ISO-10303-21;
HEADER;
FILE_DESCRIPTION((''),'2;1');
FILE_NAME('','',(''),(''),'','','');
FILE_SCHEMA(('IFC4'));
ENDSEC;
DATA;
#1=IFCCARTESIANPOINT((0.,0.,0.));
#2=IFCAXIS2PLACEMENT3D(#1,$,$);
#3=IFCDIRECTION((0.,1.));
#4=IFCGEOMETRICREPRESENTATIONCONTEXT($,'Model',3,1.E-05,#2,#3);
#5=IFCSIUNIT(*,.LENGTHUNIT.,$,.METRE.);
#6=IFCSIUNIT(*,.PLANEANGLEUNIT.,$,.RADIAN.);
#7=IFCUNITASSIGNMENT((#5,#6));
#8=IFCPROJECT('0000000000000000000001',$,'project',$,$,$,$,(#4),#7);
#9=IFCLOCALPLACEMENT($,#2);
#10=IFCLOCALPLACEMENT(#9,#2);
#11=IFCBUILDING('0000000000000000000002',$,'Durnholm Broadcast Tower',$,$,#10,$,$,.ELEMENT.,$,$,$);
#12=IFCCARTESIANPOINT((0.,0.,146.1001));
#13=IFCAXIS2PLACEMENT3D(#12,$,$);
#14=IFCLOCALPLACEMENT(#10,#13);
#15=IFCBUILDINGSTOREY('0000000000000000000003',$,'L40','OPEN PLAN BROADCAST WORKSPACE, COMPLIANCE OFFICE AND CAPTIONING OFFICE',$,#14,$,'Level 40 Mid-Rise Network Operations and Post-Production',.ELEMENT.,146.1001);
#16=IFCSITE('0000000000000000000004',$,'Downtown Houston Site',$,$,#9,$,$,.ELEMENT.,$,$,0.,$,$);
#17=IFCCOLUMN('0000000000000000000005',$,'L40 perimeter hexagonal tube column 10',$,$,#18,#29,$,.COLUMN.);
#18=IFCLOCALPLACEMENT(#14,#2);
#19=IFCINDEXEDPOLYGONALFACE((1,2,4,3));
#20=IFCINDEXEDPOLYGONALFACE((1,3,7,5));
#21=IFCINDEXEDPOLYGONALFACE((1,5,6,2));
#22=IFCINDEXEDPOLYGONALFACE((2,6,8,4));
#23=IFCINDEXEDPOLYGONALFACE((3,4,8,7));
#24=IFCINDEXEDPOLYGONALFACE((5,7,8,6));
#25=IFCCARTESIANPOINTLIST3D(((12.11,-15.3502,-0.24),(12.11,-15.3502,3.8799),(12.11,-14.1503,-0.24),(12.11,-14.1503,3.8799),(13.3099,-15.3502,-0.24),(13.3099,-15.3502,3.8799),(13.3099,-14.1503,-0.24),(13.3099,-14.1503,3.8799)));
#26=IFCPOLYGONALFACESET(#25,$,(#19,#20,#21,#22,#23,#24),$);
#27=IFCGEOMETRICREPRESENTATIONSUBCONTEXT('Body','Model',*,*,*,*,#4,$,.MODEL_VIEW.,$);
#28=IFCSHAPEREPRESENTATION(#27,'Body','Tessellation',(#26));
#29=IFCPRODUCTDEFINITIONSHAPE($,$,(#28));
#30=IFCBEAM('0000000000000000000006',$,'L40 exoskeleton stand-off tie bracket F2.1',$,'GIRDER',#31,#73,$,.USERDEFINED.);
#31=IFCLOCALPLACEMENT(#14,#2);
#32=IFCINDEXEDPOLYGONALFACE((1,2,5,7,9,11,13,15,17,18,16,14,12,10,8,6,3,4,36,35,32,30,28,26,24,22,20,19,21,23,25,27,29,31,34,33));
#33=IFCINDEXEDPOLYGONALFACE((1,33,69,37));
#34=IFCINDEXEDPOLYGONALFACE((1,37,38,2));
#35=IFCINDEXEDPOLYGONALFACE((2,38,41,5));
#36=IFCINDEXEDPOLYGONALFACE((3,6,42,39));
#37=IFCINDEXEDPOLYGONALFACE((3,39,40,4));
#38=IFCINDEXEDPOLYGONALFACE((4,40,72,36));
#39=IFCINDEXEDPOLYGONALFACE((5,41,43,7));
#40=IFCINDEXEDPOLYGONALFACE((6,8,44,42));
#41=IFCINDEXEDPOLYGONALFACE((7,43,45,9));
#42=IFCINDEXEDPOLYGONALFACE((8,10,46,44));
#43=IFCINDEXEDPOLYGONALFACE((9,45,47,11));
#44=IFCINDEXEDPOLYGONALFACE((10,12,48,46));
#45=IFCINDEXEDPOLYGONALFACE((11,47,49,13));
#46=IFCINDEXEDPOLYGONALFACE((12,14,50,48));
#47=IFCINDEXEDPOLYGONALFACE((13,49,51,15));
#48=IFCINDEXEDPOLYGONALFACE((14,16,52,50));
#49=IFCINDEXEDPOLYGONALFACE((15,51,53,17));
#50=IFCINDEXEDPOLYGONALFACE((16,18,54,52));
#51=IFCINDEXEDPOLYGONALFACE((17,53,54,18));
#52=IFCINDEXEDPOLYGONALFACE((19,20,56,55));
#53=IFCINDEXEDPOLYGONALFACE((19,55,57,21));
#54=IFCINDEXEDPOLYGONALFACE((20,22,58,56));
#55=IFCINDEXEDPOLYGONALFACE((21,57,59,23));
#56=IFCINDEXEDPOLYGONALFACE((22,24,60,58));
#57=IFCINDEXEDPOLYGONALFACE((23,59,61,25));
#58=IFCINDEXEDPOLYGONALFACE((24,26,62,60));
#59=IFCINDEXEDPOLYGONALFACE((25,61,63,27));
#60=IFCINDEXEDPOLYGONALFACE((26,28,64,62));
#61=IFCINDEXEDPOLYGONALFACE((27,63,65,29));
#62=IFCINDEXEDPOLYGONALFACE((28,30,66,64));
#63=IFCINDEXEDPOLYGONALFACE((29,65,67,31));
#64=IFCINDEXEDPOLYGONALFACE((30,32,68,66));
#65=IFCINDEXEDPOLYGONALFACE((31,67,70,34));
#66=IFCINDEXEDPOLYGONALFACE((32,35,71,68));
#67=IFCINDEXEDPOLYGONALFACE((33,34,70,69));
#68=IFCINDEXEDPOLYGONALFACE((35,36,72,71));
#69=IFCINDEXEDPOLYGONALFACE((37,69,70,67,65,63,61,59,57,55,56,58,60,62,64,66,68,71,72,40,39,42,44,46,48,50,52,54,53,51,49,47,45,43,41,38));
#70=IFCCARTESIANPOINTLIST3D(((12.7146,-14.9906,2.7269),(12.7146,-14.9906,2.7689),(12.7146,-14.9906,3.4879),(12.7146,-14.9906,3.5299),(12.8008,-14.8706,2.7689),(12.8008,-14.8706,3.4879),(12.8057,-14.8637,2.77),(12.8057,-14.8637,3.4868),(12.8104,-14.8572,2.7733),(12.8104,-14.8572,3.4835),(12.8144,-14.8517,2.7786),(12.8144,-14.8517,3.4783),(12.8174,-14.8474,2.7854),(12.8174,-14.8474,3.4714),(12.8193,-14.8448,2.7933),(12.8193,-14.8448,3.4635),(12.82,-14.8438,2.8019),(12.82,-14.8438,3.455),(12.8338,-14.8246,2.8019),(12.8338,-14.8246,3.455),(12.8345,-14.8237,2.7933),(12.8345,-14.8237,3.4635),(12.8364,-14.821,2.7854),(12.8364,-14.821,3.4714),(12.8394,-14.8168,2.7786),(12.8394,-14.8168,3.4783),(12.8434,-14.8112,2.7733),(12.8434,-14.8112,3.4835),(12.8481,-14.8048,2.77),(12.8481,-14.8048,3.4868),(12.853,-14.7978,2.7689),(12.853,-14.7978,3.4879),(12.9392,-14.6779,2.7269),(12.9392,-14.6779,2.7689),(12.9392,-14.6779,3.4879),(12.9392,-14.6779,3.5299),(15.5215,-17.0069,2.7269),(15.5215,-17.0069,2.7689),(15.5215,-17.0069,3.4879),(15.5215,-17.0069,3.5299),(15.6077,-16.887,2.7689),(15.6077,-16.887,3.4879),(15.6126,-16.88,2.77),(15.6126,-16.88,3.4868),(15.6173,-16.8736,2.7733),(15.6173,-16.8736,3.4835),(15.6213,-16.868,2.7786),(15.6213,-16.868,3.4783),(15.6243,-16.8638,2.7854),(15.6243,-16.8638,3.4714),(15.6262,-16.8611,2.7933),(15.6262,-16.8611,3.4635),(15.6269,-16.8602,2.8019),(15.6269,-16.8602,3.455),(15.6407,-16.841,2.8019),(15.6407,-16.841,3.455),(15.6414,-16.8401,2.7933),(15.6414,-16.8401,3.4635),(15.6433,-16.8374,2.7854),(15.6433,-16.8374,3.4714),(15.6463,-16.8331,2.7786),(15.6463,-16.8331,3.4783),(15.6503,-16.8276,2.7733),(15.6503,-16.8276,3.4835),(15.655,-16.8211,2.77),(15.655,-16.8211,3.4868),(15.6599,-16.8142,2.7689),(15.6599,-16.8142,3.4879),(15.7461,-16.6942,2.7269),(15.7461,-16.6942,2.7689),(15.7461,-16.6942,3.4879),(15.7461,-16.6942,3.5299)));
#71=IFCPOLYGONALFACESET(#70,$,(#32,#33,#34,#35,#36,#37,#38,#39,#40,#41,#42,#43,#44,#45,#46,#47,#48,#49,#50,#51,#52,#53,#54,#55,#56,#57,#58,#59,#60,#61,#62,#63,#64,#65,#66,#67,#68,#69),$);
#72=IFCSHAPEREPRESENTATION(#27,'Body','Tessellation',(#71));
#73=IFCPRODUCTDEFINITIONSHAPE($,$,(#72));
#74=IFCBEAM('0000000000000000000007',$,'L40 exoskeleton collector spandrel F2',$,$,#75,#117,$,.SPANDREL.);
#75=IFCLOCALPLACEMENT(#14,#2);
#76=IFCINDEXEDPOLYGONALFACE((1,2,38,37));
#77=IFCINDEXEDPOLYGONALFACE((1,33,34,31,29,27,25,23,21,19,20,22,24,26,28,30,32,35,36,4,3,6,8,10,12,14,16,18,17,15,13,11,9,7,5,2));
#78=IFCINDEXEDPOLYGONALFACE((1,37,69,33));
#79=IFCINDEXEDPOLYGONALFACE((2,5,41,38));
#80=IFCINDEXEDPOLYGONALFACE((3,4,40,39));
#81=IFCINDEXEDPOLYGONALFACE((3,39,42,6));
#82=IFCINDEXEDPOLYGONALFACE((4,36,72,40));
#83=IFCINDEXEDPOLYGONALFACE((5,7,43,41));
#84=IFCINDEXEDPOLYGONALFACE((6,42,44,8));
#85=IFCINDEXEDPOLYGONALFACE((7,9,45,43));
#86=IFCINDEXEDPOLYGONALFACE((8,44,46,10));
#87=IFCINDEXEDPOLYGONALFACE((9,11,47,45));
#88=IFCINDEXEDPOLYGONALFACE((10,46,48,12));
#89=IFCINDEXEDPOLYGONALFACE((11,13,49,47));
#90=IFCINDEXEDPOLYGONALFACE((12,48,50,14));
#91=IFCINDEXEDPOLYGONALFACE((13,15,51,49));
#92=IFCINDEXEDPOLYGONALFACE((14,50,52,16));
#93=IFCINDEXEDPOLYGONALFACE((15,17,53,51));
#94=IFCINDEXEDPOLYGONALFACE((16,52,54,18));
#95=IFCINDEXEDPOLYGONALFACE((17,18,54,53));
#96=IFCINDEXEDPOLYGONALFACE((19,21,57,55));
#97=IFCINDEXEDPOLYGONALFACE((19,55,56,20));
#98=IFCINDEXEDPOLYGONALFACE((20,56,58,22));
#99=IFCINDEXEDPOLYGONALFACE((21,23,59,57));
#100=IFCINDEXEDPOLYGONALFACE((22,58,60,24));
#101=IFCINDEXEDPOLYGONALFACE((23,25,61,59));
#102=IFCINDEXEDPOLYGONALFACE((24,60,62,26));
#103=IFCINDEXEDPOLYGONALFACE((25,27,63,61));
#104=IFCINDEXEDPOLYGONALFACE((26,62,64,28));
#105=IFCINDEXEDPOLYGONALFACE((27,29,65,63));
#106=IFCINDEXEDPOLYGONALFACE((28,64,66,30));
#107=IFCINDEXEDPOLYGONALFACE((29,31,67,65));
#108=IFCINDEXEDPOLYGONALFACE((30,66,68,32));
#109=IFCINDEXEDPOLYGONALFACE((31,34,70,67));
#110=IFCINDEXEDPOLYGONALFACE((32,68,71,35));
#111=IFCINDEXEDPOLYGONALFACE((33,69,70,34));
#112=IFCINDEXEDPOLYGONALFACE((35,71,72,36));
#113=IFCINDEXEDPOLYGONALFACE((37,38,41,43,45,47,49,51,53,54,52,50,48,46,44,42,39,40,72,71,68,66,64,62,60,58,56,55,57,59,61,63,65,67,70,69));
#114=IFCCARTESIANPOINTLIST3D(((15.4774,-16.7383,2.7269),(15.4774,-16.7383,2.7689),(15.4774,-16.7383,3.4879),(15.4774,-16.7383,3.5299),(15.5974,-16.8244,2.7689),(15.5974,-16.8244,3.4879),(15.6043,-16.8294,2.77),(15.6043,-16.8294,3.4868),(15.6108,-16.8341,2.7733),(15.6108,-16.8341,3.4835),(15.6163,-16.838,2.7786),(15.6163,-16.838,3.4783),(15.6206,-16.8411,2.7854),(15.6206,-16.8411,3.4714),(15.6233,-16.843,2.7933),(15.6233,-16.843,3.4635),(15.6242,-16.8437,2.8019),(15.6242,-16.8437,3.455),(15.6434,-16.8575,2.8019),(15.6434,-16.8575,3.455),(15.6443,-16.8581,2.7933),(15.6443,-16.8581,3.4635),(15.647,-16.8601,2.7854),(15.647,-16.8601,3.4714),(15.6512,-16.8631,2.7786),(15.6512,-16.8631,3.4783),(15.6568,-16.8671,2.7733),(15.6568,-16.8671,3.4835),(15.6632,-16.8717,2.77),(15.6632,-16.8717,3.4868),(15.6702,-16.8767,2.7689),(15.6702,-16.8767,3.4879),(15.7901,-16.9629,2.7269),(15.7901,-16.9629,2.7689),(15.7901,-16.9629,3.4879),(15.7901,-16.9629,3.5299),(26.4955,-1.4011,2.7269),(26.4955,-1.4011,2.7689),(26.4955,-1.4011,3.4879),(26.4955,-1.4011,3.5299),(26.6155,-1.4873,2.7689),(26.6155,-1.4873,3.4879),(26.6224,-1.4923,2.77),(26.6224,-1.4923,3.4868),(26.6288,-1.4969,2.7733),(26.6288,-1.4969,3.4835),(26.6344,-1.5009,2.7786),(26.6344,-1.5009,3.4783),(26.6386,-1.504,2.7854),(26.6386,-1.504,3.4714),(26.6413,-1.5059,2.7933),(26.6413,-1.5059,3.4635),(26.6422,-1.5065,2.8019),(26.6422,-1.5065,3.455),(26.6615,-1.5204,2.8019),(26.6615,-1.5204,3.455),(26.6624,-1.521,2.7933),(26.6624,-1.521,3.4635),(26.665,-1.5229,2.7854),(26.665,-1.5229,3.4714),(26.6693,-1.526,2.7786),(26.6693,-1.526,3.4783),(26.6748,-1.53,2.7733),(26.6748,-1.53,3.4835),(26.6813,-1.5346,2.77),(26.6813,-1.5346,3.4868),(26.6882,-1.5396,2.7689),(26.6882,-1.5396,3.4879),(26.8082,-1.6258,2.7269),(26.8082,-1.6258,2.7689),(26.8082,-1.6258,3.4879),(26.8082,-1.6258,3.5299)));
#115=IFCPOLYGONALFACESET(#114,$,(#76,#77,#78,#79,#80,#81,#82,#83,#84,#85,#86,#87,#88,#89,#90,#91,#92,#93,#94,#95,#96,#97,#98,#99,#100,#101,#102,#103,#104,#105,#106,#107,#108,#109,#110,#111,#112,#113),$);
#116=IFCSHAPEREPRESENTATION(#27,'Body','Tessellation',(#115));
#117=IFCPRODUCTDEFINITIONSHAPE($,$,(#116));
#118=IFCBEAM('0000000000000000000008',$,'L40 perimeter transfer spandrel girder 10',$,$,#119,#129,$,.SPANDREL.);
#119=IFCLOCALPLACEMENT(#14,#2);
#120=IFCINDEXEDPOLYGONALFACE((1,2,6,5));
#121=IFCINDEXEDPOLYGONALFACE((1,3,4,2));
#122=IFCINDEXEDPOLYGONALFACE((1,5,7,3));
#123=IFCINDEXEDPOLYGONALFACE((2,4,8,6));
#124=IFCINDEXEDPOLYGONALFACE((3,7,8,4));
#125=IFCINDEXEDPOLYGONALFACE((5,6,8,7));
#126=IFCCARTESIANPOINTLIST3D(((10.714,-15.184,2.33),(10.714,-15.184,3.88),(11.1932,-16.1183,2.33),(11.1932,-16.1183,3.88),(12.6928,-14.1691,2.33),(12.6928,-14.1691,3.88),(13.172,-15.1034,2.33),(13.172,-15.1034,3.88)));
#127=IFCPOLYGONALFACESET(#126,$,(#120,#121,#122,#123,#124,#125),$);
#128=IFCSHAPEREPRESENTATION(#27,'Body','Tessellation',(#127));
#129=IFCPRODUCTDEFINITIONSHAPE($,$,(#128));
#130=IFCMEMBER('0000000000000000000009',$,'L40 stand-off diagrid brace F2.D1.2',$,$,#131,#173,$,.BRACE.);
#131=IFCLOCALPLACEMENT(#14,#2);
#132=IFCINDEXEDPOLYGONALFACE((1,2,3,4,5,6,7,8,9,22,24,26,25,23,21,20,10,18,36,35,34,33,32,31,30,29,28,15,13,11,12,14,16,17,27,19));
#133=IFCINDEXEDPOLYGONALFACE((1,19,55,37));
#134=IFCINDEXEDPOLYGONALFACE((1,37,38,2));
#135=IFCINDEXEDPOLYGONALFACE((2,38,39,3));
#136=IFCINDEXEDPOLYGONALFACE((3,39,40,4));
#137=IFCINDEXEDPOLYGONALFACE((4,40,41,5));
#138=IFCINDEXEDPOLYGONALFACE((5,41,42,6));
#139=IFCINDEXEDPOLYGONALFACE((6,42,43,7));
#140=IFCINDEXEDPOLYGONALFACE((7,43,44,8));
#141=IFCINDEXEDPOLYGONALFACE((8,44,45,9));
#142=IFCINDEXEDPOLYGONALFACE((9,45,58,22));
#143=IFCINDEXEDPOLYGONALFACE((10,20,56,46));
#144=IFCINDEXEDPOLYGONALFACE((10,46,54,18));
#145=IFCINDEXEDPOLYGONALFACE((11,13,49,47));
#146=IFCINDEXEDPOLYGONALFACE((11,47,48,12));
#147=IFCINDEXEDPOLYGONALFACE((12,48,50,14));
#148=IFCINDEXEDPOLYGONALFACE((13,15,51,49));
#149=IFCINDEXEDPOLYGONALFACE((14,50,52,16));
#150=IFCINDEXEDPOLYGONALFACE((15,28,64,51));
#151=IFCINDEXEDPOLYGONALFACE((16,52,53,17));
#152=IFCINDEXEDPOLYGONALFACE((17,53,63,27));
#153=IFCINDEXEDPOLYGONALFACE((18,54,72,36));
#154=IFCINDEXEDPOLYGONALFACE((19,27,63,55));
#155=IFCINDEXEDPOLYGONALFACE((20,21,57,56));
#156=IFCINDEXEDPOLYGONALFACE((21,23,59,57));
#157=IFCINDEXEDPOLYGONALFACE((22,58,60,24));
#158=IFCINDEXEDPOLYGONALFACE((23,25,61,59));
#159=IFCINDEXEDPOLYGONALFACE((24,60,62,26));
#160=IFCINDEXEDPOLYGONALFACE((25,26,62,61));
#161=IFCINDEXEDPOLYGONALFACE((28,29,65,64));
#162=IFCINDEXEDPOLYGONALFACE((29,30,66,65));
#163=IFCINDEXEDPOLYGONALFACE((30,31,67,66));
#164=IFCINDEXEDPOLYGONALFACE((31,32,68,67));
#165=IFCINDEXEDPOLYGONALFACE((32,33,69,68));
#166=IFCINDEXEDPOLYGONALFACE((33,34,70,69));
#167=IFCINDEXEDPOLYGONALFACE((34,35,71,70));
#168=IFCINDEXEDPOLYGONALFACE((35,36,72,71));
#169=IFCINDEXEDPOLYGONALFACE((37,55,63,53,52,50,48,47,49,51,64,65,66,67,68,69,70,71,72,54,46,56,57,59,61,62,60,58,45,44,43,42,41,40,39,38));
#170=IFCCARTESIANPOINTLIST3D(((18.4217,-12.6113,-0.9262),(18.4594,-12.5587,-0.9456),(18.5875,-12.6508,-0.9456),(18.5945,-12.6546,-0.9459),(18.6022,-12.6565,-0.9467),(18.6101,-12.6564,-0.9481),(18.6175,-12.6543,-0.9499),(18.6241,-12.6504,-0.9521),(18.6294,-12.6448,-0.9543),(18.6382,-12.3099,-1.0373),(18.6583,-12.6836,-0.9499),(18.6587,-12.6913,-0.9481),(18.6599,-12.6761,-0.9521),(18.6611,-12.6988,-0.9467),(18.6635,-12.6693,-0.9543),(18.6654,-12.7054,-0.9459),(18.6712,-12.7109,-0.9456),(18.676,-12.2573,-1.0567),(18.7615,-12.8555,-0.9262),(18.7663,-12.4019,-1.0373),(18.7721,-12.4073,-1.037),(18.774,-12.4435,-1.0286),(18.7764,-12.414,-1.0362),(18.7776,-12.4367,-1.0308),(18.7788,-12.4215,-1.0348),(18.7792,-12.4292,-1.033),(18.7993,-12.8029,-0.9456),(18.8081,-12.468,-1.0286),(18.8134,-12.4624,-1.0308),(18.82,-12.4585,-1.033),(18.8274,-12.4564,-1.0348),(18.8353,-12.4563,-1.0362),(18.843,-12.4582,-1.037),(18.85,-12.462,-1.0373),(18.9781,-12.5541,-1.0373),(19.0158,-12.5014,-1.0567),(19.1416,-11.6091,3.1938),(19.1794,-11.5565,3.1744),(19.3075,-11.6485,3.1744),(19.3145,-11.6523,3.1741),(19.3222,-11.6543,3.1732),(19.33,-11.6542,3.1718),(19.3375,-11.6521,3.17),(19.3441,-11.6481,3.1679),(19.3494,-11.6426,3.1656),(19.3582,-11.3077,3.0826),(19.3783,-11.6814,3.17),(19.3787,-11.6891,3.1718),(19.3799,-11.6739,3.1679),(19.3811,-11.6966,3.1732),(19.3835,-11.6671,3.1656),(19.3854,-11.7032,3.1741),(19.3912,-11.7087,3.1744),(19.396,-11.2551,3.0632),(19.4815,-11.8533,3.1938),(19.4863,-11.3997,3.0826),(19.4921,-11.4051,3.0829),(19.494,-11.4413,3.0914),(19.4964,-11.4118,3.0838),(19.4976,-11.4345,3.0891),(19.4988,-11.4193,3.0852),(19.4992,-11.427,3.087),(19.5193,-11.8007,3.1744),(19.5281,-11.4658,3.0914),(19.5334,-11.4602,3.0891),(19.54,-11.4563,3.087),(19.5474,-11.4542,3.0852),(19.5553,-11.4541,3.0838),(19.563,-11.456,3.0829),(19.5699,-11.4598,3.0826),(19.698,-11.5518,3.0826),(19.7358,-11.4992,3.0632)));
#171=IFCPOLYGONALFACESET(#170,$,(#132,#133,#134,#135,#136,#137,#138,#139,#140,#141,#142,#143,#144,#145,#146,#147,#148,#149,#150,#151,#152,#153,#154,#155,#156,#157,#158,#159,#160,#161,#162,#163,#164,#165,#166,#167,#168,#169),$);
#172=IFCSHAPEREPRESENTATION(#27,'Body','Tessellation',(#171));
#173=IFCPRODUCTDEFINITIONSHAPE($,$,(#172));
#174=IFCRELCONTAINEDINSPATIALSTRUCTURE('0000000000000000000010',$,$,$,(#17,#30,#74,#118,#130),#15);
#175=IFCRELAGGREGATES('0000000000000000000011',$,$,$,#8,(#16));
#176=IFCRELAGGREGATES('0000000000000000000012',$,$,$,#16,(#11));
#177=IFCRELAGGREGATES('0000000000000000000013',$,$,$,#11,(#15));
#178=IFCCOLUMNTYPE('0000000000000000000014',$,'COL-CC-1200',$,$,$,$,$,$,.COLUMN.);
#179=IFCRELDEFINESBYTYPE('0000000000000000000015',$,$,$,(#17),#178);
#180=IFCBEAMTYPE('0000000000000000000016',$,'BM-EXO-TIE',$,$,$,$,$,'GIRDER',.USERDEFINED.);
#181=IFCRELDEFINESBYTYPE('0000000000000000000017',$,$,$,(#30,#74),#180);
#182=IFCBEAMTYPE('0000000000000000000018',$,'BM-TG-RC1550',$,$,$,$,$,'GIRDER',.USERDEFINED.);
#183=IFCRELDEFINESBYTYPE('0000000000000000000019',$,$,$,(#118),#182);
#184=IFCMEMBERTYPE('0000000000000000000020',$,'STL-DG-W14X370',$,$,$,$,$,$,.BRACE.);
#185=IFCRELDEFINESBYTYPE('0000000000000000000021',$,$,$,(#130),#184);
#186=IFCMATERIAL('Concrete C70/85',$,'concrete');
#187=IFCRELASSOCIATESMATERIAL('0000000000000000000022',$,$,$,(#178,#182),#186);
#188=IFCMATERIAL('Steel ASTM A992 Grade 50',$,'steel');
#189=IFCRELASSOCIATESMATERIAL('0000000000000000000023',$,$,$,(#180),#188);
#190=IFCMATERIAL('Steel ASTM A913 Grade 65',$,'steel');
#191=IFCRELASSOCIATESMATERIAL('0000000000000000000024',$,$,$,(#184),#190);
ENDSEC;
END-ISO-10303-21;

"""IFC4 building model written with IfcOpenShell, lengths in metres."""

from ifc_helpers import new_model, si_unit, direction, frame, origin, origin_2d, place, context, subcontext, project, spatial, rectangle, i_section, extrude, source, transform, mapped, material, material_profile, profile_set, type_object, type_shapes, element, save


model = new_model("IFC4")

# Units and contexts
model_context = context("Model", 3, precision=1e-05, world=origin(), true_north=direction((0.0, 1.0)))
body_context = subcontext(model_context, "Body", "Model", "MODEL_VIEW")
ifc_project = project(units=[si_unit("LENGTHUNIT", "METRE"), si_unit("PLANEANGLEUNIT", "RADIAN")], contexts=[model_context])

# Site, building, storey
site_placement = place(None, origin())
site = spatial("IfcSite", under=ifc_project, at=site_placement, Name="Downtown Houston Site", CompositionType="ELEMENT", RefElevation=0.0)
building_placement = place(site_placement, origin())
building = spatial("IfcBuilding", under=site, at=building_placement, Name="Durnholm Broadcast Tower", CompositionType="ELEMENT")
storey_placement = place(building_placement, frame((0.0, 0.0, 146.1001)))
storey = spatial("IfcBuildingStorey", under=building, at=storey_placement, Name="L40", Description="OPEN PLAN BROADCAST WORKSPACE, COMPLIANCE OFFICE AND CAPTIONING OFFICE", LongName="Level 40 Mid-Rise Network Operations and Post-Production", CompositionType="ELEMENT", Elevation=146.1001)

# Column
ifc_material_1 = material(Name="Concrete C70/85", Category="concrete")
ifc_material_profile_1 = material_profile(ifc_material_1, rectangle(XDim=1.2, YDim=1.2, at=origin_2d()), Name="RC1200X1200")
ifc_profile_set_1 = profile_set([ifc_material_profile_1], Name="Concrete C70/85")
column_type = type_object("IfcColumnType", Name="COL-CC-1200", PredefinedType="COLUMN", material=ifc_profile_set_1)
shared_shape_1 = source(origin(), body_context, "Body", "SweptSolid", [
    extrude(rectangle(XDim=1.2, YDim=1.2, at=origin_2d()), origin(), (0.0, 0.0, 1.0), 4.1199),
])
type_shapes(column_type, [shared_shape_1])
column_placement = place(storey_placement, frame((12.71, -14.7502, -0.24), z_axis=(0.0, 0.0, 1.0), x_axis=(1.0, 0.0, 0.0)))
element("IfcColumn", 1, at=column_placement, inside=storey, type_object=column_type, Name="L40 perimeter hexagonal tube column 10", PredefinedType="COLUMN", context=body_context, shape_type="MappedRepresentation", body=[
    mapped(shared_shape_1, transform((0.0, 0.0, 0.0), x_axis=(1.0, 0.0, 0.0), y_axis=(0.0, 1.0, 0.0), z_axis=(0.0, 0.0, 1.0), scale=1.0)),
])

# Beams
ifc_material_2 = material(Name="Steel ASTM A992 Grade 50", Category="steel")
ifc_material_profile_2 = material_profile(ifc_material_2, i_section(OverallWidth=0.385, OverallDepth=0.803, WebThickness=0.0237, FlangeThickness=0.042, FilletRadius=0.033, at=origin_2d()), Name="W30X261")
ifc_profile_set_2 = profile_set([ifc_material_profile_2], Name="Steel ASTM A992 Grade 50")
beam_type_1 = type_object("IfcBeamType", Name="BM-EXO-TIE", ElementType="GIRDER", PredefinedType="USERDEFINED", material=ifc_profile_set_2)
shared_shape_2 = source(origin(), body_context, "Body", "SweptSolid", [
    extrude(i_section(OverallWidth=0.385, OverallDepth=0.803, WebThickness=0.0237, FlangeThickness=0.042, FilletRadius=0.033, at=origin_2d()), origin(), (0.0, 0.0, 1.0), 3.4561),
])
beam_1_placement = place(storey_placement, frame((12.8269, -14.8342, 3.1284), z_axis=(0.812165, -0.583428, 0.0), x_axis=(0.583428, 0.812165, 0.0)))
element("IfcBeam", 2, at=beam_1_placement, inside=storey, type_object=beam_type_1, Name="L40 exoskeleton stand-off tie bracket F2.1", ObjectType="GIRDER", PredefinedType="USERDEFINED", context=body_context, shape_type="MappedRepresentation", body=[
    mapped(shared_shape_2, transform((0.0, 0.0, 0.0), x_axis=(1.0, 0.0, 0.0), y_axis=(0.0, 1.0, 0.0), z_axis=(0.0, 0.0, 1.0), scale=1.0)),
])
shared_shape_3 = source(origin(), body_context, "Body", "SweptSolid", [
    extrude(i_section(OverallWidth=0.385, OverallDepth=0.803, WebThickness=0.0237, FlangeThickness=0.042, FilletRadius=0.033, at=origin_2d()), origin(), (0.0, 0.0, 1.0), 18.8845),
])
type_shapes(beam_type_1, [shared_shape_2, shared_shape_3])
beam_2_placement = place(storey_placement, frame((15.6338, -16.8506, 3.1284), z_axis=(0.583443, 0.812154, 0.0), x_axis=(-0.812154, 0.583443, 0.0)))
element("IfcBeam", 3, at=beam_2_placement, inside=storey, type_object=beam_type_1, Name="L40 exoskeleton collector spandrel F2", PredefinedType="SPANDREL", context=body_context, shape_type="MappedRepresentation", body=[
    mapped(shared_shape_3, transform((0.0, 0.0, 0.0), x_axis=(1.0, 0.0, 0.0), y_axis=(0.0, 1.0, 0.0), z_axis=(0.0, 0.0, 1.0), scale=1.0)),
])
ifc_material_profile_3 = material_profile(ifc_material_1, rectangle(XDim=1.05, YDim=1.55, at=origin_2d()), Name="RC1050X1550")
ifc_profile_set_3 = profile_set([ifc_material_profile_3], Name="Concrete C70/85")
beam_type_2 = type_object("IfcBeamType", Name="BM-TG-RC1550", ElementType="GIRDER", PredefinedType="USERDEFINED", material=ifc_profile_set_3)
shared_shape_4 = source(origin(), body_context, "Body", "SweptSolid", [
    extrude(rectangle(XDim=1.05, YDim=1.55, at=origin_2d()), origin(), (0.0, 0.0, 1.0), 2.2239),
])
type_shapes(beam_type_2, [shared_shape_4])
beam_3_placement = place(storey_placement, frame((12.9324, -14.6362, 3.105), z_axis=(-0.889791, -0.456368, 0.0), x_axis=(0.456368, -0.889791, 0.0)))
element("IfcBeam", 4, at=beam_3_placement, inside=storey, type_object=beam_type_2, Name="L40 perimeter transfer spandrel girder 10", PredefinedType="SPANDREL", context=body_context, shape_type="MappedRepresentation", body=[
    mapped(shared_shape_4, transform((0.0, 0.0, 0.0), x_axis=(1.0, 0.0, 0.0), y_axis=(0.0, 1.0, 0.0), z_axis=(0.0, 0.0, 1.0), scale=1.0)),
])

# Member
ifc_material_3 = material(Name="Steel ASTM A913 Grade 65", Category="steel")
ifc_material_profile_4 = material_profile(ifc_material_3, i_section(OverallWidth=0.4185, OverallDepth=0.4551, WebThickness=0.042, FlangeThickness=0.0676, FilletRadius=0.0305, at=origin_2d()), Name="W14X370")
ifc_profile_set_4 = profile_set([ifc_material_profile_4], Name="Steel ASTM A913 Grade 65")
member_type_1 = type_object("IfcMemberType", Name="STL-DG-W14X370", PredefinedType="BRACE", material=ifc_profile_set_4)
shared_shape_5 = source(origin(), body_context, "Body", "SweptSolid", [
    extrude(i_section(OverallWidth=0.4185, OverallDepth=0.4551, WebThickness=0.042, FlangeThickness=0.0676, FilletRadius=0.0305, at=origin_2d()), origin(), (0.0, 0.0, 1.0), 4.3008),
])
member_1_placement = place(storey_placement, frame((18.7188, -12.5564, -0.9915), z_axis=(0.167407, 0.233031, 0.957952), x_axis=(-0.812153, 0.583444, 0.0)))
element("IfcMember", 5, at=member_1_placement, inside=storey, type_object=member_type_1, Name="L40 stand-off diagrid brace F2.D1.2", PredefinedType="BRACE", context=body_context, shape_type="MappedRepresentation", body=[
    mapped(shared_shape_5, transform((0.0, 0.0, 0.0), x_axis=(1.0, 0.0, 0.0), y_axis=(0.0, 1.0, 0.0), z_axis=(0.0, 0.0, 1.0), scale=1.0)),
])

save(model, "model.ifc")
